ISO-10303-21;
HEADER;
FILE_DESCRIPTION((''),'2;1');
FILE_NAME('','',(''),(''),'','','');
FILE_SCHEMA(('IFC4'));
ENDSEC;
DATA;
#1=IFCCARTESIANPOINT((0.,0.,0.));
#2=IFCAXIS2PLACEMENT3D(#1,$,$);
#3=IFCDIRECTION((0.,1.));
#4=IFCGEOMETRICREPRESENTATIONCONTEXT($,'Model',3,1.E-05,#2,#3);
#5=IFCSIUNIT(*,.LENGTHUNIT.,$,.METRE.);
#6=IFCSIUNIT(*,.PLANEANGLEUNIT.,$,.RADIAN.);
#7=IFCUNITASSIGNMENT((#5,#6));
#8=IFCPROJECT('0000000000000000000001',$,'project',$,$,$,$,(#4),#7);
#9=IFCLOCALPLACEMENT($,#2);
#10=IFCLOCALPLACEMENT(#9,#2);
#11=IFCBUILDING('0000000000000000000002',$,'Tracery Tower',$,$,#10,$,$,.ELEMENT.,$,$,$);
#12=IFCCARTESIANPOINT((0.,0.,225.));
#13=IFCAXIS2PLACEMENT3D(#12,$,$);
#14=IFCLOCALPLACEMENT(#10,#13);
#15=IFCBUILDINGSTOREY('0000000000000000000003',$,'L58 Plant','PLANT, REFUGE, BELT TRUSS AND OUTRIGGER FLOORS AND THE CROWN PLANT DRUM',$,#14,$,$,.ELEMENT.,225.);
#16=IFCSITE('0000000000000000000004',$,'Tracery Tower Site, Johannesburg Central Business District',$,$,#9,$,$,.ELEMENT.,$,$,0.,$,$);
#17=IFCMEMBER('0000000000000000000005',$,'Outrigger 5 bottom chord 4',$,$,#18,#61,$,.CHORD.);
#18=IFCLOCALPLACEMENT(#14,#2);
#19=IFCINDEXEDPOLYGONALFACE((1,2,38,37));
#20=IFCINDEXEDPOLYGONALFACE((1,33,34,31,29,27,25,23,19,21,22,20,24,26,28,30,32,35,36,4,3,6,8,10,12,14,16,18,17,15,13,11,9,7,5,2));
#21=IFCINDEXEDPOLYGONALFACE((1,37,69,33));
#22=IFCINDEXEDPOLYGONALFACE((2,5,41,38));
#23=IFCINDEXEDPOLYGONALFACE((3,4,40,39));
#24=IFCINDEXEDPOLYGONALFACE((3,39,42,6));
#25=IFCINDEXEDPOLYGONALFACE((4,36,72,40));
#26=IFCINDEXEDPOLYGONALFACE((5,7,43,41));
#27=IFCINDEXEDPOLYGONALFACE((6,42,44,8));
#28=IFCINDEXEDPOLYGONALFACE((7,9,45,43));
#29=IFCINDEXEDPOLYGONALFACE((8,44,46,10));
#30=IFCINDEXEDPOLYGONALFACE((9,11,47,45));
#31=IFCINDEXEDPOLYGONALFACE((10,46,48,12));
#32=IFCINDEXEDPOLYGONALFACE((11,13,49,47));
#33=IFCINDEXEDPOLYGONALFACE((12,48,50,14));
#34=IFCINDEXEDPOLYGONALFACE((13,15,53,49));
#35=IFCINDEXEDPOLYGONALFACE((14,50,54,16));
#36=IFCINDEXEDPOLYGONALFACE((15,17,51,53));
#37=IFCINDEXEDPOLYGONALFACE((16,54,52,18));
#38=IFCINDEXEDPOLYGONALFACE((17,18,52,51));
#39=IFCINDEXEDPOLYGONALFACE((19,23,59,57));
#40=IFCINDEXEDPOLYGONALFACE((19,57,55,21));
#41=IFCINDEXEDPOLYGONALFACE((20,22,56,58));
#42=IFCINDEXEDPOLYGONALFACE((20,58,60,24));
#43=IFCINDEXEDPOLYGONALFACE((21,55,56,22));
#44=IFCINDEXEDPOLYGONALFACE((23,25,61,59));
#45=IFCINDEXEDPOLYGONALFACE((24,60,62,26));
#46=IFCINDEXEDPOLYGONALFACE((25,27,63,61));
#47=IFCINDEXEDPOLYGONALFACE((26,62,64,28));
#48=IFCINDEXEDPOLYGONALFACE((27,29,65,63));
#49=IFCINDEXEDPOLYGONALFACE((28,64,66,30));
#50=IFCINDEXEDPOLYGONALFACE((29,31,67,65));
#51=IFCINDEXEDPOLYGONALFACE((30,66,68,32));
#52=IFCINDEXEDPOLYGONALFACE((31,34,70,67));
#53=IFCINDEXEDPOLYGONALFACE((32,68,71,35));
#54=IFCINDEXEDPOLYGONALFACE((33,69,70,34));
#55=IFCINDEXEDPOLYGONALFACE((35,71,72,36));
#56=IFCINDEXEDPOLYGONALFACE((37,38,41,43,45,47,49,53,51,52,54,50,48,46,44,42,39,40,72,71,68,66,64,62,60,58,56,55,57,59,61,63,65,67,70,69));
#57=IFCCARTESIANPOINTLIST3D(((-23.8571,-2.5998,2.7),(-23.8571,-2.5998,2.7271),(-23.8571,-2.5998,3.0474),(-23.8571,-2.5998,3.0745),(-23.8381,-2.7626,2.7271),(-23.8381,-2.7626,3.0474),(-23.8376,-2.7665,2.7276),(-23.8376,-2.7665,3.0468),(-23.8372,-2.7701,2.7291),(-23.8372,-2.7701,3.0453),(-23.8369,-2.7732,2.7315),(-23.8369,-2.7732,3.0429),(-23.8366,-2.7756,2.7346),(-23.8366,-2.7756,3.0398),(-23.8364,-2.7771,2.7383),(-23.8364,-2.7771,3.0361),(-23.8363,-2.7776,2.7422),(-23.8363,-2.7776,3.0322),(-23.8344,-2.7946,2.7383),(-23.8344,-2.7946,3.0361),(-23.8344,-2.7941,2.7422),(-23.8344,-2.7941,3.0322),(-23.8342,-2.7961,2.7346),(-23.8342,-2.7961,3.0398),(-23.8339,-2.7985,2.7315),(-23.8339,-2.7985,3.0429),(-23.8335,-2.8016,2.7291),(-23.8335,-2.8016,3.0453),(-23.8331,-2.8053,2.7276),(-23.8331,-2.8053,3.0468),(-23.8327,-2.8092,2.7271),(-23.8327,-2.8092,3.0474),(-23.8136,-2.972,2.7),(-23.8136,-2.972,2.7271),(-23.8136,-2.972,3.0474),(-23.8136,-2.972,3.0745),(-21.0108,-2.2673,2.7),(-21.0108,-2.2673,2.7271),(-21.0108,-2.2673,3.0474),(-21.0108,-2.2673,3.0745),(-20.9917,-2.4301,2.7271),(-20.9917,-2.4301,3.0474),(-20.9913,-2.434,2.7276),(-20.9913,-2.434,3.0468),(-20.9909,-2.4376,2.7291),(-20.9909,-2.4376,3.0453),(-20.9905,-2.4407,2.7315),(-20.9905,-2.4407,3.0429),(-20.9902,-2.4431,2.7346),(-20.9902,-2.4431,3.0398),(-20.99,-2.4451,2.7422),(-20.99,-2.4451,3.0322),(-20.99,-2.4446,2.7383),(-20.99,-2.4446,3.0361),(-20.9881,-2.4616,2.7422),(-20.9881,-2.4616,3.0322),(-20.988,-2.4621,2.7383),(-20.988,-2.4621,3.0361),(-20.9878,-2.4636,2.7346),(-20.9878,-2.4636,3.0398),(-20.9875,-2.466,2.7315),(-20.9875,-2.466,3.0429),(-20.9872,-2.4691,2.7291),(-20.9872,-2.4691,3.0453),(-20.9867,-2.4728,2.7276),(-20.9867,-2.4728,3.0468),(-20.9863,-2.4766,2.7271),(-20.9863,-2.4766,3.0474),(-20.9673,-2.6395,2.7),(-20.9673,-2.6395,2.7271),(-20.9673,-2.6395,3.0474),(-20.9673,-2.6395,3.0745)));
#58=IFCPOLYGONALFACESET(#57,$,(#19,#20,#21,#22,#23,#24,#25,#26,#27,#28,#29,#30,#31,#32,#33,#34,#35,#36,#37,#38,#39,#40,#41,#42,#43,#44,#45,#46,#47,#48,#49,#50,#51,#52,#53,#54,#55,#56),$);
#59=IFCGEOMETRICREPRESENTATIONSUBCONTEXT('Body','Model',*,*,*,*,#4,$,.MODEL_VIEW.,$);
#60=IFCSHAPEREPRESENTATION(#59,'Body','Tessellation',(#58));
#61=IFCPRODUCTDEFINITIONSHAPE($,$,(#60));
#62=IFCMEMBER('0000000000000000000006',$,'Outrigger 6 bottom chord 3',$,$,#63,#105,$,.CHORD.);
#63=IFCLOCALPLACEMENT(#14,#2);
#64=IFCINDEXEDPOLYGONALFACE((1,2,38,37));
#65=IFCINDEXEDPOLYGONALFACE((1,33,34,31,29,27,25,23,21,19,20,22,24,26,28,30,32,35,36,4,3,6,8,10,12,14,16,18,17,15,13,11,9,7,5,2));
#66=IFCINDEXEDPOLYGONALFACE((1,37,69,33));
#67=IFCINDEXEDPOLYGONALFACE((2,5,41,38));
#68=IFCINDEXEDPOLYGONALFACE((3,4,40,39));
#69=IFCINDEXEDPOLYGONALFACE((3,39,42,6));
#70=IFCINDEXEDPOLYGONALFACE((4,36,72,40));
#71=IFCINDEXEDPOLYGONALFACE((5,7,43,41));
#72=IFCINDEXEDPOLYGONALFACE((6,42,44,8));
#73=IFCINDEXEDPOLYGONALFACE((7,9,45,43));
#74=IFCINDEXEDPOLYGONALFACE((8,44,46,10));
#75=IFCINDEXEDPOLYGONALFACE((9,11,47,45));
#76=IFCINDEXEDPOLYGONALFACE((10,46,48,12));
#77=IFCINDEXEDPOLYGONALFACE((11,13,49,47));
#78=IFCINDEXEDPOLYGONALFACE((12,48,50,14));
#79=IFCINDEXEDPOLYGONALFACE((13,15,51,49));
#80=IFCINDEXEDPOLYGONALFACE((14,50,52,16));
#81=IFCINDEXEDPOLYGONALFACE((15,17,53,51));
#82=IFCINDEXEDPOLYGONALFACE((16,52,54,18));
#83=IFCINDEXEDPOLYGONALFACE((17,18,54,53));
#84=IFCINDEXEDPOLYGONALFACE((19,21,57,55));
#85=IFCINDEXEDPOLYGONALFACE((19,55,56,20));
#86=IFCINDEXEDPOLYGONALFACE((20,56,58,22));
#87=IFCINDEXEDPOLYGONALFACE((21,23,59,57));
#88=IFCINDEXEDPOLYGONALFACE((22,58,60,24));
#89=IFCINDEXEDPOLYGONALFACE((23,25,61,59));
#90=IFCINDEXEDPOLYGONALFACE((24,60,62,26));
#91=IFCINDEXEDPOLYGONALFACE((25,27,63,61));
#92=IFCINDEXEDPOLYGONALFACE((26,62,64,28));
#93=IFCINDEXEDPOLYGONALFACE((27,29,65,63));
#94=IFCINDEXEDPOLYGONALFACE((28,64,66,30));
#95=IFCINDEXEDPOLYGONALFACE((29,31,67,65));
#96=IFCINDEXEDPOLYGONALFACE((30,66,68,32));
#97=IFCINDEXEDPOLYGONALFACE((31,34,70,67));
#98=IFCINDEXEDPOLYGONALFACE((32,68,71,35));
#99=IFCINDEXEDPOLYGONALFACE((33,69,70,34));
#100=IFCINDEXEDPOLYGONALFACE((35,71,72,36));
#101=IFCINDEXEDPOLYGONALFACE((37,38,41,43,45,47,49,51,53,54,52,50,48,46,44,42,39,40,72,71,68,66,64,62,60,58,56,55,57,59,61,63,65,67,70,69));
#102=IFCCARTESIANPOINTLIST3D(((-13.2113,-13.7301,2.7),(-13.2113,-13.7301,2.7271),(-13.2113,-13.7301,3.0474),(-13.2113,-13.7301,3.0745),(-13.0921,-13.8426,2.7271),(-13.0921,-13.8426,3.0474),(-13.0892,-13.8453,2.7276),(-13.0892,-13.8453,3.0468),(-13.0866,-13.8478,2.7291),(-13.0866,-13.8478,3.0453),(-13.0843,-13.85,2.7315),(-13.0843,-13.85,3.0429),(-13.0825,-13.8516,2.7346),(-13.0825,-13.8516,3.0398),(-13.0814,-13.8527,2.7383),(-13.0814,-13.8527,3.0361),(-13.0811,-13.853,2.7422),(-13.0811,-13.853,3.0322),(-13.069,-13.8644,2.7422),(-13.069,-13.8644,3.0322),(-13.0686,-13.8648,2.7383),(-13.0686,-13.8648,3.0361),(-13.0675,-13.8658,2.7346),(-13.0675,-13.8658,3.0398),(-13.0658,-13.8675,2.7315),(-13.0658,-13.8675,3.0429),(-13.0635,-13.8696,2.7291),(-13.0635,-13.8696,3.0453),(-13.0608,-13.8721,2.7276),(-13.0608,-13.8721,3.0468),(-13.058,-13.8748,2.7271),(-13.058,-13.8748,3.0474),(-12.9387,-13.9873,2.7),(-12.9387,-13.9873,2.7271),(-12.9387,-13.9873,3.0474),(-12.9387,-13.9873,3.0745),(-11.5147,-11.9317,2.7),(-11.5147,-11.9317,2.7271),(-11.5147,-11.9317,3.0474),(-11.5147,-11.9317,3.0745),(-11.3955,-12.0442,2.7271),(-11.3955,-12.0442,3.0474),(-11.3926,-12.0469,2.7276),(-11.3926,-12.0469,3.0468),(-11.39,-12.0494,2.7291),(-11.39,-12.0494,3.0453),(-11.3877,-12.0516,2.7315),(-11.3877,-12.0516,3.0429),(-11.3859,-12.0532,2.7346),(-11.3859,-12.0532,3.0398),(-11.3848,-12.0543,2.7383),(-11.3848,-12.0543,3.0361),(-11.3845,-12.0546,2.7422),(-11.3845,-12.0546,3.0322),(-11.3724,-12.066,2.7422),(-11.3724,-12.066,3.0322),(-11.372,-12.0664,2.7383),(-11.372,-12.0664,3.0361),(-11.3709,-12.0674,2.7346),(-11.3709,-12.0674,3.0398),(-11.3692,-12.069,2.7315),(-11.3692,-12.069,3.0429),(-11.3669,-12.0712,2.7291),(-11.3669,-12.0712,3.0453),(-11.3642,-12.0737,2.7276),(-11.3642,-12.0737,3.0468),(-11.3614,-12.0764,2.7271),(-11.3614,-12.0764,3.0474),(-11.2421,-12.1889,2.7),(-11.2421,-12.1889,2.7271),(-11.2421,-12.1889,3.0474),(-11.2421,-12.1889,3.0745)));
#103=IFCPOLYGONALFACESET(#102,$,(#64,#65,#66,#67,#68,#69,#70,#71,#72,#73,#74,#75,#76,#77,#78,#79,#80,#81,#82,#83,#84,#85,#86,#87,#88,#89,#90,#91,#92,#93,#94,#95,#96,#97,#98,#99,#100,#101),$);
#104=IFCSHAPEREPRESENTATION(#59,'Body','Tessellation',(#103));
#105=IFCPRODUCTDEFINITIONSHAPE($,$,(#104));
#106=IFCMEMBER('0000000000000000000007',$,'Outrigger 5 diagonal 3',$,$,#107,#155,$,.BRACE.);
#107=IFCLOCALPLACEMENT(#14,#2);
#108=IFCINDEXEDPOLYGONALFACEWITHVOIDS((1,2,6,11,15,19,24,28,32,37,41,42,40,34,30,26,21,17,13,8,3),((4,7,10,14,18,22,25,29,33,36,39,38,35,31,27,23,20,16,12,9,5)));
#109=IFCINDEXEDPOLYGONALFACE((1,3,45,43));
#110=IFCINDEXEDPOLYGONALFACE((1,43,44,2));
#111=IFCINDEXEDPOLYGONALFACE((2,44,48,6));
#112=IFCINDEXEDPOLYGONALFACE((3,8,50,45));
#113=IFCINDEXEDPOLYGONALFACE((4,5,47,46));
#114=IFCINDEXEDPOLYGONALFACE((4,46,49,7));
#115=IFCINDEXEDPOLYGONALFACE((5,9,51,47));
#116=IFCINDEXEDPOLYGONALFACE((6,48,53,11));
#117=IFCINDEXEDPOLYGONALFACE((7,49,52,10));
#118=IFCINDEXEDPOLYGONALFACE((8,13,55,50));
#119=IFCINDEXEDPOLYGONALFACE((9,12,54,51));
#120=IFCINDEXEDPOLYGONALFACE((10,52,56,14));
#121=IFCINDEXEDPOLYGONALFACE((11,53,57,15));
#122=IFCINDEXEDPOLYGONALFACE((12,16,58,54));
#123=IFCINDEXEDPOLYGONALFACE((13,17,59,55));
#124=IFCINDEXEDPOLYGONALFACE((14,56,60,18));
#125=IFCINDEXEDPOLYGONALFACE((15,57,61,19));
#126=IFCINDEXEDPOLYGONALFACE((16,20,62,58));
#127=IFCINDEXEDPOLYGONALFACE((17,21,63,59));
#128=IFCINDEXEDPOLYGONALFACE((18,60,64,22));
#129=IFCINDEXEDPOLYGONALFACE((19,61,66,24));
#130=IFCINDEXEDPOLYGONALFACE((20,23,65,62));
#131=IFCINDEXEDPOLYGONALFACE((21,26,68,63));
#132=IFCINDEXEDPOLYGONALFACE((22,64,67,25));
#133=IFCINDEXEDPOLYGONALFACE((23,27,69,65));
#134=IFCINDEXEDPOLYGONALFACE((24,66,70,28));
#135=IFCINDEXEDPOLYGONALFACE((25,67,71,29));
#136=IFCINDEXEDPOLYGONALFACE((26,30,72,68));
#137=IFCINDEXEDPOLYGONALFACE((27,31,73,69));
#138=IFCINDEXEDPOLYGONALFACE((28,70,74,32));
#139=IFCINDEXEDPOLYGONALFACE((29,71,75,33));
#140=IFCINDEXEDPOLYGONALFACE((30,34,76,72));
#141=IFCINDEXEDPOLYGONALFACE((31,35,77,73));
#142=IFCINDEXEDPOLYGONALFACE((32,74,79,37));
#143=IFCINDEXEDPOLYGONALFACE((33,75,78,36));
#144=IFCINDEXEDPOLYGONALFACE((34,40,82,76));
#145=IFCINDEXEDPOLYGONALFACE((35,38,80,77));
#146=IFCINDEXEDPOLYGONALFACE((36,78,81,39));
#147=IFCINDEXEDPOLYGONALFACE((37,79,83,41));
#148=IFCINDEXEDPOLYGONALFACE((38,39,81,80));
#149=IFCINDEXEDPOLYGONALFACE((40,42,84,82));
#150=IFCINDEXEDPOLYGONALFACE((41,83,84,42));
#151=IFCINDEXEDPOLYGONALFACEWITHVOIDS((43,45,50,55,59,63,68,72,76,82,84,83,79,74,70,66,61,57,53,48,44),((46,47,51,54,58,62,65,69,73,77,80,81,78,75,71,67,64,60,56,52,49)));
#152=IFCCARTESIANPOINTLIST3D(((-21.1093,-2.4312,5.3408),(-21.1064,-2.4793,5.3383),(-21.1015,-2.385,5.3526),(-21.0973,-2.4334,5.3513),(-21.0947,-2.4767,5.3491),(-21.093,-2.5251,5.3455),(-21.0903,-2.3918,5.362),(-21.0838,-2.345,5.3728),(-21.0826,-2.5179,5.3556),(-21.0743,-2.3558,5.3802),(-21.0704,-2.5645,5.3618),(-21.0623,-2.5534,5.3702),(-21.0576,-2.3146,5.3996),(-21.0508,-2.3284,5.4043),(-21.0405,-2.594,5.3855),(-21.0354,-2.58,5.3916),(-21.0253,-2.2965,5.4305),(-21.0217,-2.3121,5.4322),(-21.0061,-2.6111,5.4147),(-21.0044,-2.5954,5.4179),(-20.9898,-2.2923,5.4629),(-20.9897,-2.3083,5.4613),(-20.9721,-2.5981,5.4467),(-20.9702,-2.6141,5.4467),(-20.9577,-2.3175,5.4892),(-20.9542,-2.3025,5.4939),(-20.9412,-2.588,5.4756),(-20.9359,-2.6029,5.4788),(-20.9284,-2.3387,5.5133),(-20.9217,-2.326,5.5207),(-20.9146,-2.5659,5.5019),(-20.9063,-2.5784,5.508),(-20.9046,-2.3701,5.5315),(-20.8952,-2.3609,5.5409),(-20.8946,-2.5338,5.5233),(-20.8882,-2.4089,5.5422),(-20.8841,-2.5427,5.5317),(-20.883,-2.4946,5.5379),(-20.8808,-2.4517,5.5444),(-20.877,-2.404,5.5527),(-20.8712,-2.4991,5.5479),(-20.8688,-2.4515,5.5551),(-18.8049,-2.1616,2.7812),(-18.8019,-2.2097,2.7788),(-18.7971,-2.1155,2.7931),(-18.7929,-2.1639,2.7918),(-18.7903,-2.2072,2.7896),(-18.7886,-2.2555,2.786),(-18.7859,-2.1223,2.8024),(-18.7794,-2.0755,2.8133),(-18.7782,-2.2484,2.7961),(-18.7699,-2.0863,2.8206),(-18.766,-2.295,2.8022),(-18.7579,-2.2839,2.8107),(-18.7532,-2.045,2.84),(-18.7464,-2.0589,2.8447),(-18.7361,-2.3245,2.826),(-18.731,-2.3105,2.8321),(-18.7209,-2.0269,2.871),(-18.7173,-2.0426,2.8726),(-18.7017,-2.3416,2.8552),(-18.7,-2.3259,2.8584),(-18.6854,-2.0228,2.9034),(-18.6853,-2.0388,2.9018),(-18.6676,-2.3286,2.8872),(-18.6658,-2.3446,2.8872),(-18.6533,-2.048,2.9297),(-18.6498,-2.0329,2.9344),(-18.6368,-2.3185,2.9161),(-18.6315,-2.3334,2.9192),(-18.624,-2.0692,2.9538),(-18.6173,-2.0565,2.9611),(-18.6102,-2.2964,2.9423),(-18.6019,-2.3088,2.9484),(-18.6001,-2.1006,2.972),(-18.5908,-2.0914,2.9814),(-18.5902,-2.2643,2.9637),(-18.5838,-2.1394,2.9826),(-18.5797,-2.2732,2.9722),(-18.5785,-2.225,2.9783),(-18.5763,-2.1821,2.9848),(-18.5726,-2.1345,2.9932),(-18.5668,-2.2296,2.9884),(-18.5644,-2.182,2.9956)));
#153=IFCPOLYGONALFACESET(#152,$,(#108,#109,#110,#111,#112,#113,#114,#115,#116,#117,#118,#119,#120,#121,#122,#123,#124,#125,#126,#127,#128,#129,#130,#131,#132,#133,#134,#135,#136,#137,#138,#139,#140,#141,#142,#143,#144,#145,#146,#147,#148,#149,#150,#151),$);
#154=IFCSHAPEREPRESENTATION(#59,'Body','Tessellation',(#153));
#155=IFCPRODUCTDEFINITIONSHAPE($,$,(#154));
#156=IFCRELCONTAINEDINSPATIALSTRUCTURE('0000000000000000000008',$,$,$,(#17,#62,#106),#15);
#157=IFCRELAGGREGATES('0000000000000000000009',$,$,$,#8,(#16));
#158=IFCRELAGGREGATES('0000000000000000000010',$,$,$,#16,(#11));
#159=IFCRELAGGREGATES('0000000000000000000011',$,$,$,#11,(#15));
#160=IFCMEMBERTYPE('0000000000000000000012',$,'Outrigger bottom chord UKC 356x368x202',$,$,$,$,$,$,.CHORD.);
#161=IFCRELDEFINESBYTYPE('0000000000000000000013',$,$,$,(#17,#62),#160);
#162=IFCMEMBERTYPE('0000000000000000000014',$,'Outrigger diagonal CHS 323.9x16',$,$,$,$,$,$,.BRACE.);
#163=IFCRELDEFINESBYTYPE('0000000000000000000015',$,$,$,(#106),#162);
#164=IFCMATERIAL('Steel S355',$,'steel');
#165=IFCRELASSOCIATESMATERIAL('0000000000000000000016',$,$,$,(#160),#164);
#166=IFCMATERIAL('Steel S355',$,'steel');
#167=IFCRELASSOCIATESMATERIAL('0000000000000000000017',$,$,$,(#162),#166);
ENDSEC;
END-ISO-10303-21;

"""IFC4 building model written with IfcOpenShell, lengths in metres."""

from ifc_helpers import new_model, si_unit, direction, frame, origin, origin_2d, place, context, subcontext, project, spatial, hollow_circle, i_section, extrude, material, material_profile, profile_set, type_object, element, save


model = new_model("IFC4")

# Units and contexts
model_context = context("Model", 3, precision=1e-05, world=origin(), true_north=direction((0.0, 1.0)))
body_context = subcontext(model_context, "Body", "Model", "MODEL_VIEW")
ifc_project = project(units=[si_unit("LENGTHUNIT", "METRE"), si_unit("PLANEANGLEUNIT", "RADIAN")], contexts=[model_context])

# Site, building, storey
site_placement = place(None, origin())
site = spatial("IfcSite", under=ifc_project, at=site_placement, Name="Tracery Tower Site, Johannesburg Central Business District", CompositionType="ELEMENT", RefElevation=0.0)
building_placement = place(site_placement, origin())
building = spatial("IfcBuilding", under=site, at=building_placement, Name="Tracery Tower", CompositionType="ELEMENT")
storey_placement = place(building_placement, frame((0.0, 0.0, 225.0)))
storey = spatial("IfcBuildingStorey", under=building, at=storey_placement, Name="L58 Plant", Description="PLANT, REFUGE, BELT TRUSS AND OUTRIGGER FLOORS AND THE CROWN PLANT DRUM", CompositionType="ELEMENT", Elevation=225.0)

# Members
ifc_material_1 = material(Name="Steel S355", Category="steel")
ifc_material_profile_1 = material_profile(ifc_material_1, i_section(OverallWidth=0.3748, OverallDepth=0.3745, WebThickness=0.0166, FlangeThickness=0.0271, FilletRadius=0.0151, at=origin_2d()), Name="UKC 356x368x202")
ifc_profile_set_1 = profile_set([ifc_material_profile_1], Name="Steel S355")
member_type_1 = type_object("IfcMemberType", Name="Outrigger bottom chord UKC 356x368x202", PredefinedType="CHORD", material=ifc_profile_set_1)
member_1_placement = place(storey_placement, frame((-20.989, -2.4534, 2.8872), z_axis=(-0.993246, -0.116031, 0.0), x_axis=(0.116031, -0.993246, 0.0)))
element("IfcMember", 1, at=member_1_placement, inside=storey, type_object=member_type_1, Name="Outrigger 5 bottom chord 4", PredefinedType="CHORD", context=body_context, shape_type="SweptSolid", body=[
    extrude(i_section(OverallWidth=0.3748, OverallDepth=0.3745, WebThickness=0.0166, FlangeThickness=0.0271, FilletRadius=0.0151, at=origin_2d()), origin(), (0.0, 0.0, 1.0), 2.8657),
])
member_2_placement = place(storey_placement, frame((-11.3784, -12.0603, 2.8872), z_axis=(-0.686217, -0.727396, 0.0), x_axis=(0.727396, -0.686217, 0.0)))
element("IfcMember", 2, at=member_2_placement, inside=storey, type_object=member_type_1, Name="Outrigger 6 bottom chord 3", PredefinedType="CHORD", context=body_context, shape_type="SweptSolid", body=[
    extrude(i_section(OverallWidth=0.3748, OverallDepth=0.3745, WebThickness=0.0166, FlangeThickness=0.0271, FilletRadius=0.0151, at=origin_2d()), origin(), (0.0, 0.0, 1.0), 2.4724),
])
ifc_material_2 = material(Name="Steel S355", Category="steel")
ifc_material_profile_2 = material_profile(ifc_material_2, hollow_circle(Radius=0.1619, WallThickness=0.0161, at=origin_2d()), Name="CHS 323.9x16")
ifc_profile_set_2 = profile_set([ifc_material_profile_2], Name="Steel S355")
member_type_2 = type_object("IfcMemberType", Name="Outrigger diagonal CHS 323.9x16", PredefinedType="BRACE", material=ifc_profile_set_2)
member_3_placement = place(storey_placement, frame((-18.6846, -2.1838, 2.8872), z_axis=(-0.667058, -0.07802, 0.740909), x_axis=(0.11617, -0.993229, 0.0)))
element("IfcMember", 3, at=member_3_placement, inside=storey, type_object=member_type_2, Name="Outrigger 5 diagonal 3", PredefinedType="BRACE", context=body_context, shape_type="SweptSolid", body=[
    extrude(hollow_circle(Radius=0.1619, WallThickness=0.0161, at=origin_2d()), origin(), (0.0, 0.0, 1.0), 3.4546),
])

save(model, "model.ifc")
